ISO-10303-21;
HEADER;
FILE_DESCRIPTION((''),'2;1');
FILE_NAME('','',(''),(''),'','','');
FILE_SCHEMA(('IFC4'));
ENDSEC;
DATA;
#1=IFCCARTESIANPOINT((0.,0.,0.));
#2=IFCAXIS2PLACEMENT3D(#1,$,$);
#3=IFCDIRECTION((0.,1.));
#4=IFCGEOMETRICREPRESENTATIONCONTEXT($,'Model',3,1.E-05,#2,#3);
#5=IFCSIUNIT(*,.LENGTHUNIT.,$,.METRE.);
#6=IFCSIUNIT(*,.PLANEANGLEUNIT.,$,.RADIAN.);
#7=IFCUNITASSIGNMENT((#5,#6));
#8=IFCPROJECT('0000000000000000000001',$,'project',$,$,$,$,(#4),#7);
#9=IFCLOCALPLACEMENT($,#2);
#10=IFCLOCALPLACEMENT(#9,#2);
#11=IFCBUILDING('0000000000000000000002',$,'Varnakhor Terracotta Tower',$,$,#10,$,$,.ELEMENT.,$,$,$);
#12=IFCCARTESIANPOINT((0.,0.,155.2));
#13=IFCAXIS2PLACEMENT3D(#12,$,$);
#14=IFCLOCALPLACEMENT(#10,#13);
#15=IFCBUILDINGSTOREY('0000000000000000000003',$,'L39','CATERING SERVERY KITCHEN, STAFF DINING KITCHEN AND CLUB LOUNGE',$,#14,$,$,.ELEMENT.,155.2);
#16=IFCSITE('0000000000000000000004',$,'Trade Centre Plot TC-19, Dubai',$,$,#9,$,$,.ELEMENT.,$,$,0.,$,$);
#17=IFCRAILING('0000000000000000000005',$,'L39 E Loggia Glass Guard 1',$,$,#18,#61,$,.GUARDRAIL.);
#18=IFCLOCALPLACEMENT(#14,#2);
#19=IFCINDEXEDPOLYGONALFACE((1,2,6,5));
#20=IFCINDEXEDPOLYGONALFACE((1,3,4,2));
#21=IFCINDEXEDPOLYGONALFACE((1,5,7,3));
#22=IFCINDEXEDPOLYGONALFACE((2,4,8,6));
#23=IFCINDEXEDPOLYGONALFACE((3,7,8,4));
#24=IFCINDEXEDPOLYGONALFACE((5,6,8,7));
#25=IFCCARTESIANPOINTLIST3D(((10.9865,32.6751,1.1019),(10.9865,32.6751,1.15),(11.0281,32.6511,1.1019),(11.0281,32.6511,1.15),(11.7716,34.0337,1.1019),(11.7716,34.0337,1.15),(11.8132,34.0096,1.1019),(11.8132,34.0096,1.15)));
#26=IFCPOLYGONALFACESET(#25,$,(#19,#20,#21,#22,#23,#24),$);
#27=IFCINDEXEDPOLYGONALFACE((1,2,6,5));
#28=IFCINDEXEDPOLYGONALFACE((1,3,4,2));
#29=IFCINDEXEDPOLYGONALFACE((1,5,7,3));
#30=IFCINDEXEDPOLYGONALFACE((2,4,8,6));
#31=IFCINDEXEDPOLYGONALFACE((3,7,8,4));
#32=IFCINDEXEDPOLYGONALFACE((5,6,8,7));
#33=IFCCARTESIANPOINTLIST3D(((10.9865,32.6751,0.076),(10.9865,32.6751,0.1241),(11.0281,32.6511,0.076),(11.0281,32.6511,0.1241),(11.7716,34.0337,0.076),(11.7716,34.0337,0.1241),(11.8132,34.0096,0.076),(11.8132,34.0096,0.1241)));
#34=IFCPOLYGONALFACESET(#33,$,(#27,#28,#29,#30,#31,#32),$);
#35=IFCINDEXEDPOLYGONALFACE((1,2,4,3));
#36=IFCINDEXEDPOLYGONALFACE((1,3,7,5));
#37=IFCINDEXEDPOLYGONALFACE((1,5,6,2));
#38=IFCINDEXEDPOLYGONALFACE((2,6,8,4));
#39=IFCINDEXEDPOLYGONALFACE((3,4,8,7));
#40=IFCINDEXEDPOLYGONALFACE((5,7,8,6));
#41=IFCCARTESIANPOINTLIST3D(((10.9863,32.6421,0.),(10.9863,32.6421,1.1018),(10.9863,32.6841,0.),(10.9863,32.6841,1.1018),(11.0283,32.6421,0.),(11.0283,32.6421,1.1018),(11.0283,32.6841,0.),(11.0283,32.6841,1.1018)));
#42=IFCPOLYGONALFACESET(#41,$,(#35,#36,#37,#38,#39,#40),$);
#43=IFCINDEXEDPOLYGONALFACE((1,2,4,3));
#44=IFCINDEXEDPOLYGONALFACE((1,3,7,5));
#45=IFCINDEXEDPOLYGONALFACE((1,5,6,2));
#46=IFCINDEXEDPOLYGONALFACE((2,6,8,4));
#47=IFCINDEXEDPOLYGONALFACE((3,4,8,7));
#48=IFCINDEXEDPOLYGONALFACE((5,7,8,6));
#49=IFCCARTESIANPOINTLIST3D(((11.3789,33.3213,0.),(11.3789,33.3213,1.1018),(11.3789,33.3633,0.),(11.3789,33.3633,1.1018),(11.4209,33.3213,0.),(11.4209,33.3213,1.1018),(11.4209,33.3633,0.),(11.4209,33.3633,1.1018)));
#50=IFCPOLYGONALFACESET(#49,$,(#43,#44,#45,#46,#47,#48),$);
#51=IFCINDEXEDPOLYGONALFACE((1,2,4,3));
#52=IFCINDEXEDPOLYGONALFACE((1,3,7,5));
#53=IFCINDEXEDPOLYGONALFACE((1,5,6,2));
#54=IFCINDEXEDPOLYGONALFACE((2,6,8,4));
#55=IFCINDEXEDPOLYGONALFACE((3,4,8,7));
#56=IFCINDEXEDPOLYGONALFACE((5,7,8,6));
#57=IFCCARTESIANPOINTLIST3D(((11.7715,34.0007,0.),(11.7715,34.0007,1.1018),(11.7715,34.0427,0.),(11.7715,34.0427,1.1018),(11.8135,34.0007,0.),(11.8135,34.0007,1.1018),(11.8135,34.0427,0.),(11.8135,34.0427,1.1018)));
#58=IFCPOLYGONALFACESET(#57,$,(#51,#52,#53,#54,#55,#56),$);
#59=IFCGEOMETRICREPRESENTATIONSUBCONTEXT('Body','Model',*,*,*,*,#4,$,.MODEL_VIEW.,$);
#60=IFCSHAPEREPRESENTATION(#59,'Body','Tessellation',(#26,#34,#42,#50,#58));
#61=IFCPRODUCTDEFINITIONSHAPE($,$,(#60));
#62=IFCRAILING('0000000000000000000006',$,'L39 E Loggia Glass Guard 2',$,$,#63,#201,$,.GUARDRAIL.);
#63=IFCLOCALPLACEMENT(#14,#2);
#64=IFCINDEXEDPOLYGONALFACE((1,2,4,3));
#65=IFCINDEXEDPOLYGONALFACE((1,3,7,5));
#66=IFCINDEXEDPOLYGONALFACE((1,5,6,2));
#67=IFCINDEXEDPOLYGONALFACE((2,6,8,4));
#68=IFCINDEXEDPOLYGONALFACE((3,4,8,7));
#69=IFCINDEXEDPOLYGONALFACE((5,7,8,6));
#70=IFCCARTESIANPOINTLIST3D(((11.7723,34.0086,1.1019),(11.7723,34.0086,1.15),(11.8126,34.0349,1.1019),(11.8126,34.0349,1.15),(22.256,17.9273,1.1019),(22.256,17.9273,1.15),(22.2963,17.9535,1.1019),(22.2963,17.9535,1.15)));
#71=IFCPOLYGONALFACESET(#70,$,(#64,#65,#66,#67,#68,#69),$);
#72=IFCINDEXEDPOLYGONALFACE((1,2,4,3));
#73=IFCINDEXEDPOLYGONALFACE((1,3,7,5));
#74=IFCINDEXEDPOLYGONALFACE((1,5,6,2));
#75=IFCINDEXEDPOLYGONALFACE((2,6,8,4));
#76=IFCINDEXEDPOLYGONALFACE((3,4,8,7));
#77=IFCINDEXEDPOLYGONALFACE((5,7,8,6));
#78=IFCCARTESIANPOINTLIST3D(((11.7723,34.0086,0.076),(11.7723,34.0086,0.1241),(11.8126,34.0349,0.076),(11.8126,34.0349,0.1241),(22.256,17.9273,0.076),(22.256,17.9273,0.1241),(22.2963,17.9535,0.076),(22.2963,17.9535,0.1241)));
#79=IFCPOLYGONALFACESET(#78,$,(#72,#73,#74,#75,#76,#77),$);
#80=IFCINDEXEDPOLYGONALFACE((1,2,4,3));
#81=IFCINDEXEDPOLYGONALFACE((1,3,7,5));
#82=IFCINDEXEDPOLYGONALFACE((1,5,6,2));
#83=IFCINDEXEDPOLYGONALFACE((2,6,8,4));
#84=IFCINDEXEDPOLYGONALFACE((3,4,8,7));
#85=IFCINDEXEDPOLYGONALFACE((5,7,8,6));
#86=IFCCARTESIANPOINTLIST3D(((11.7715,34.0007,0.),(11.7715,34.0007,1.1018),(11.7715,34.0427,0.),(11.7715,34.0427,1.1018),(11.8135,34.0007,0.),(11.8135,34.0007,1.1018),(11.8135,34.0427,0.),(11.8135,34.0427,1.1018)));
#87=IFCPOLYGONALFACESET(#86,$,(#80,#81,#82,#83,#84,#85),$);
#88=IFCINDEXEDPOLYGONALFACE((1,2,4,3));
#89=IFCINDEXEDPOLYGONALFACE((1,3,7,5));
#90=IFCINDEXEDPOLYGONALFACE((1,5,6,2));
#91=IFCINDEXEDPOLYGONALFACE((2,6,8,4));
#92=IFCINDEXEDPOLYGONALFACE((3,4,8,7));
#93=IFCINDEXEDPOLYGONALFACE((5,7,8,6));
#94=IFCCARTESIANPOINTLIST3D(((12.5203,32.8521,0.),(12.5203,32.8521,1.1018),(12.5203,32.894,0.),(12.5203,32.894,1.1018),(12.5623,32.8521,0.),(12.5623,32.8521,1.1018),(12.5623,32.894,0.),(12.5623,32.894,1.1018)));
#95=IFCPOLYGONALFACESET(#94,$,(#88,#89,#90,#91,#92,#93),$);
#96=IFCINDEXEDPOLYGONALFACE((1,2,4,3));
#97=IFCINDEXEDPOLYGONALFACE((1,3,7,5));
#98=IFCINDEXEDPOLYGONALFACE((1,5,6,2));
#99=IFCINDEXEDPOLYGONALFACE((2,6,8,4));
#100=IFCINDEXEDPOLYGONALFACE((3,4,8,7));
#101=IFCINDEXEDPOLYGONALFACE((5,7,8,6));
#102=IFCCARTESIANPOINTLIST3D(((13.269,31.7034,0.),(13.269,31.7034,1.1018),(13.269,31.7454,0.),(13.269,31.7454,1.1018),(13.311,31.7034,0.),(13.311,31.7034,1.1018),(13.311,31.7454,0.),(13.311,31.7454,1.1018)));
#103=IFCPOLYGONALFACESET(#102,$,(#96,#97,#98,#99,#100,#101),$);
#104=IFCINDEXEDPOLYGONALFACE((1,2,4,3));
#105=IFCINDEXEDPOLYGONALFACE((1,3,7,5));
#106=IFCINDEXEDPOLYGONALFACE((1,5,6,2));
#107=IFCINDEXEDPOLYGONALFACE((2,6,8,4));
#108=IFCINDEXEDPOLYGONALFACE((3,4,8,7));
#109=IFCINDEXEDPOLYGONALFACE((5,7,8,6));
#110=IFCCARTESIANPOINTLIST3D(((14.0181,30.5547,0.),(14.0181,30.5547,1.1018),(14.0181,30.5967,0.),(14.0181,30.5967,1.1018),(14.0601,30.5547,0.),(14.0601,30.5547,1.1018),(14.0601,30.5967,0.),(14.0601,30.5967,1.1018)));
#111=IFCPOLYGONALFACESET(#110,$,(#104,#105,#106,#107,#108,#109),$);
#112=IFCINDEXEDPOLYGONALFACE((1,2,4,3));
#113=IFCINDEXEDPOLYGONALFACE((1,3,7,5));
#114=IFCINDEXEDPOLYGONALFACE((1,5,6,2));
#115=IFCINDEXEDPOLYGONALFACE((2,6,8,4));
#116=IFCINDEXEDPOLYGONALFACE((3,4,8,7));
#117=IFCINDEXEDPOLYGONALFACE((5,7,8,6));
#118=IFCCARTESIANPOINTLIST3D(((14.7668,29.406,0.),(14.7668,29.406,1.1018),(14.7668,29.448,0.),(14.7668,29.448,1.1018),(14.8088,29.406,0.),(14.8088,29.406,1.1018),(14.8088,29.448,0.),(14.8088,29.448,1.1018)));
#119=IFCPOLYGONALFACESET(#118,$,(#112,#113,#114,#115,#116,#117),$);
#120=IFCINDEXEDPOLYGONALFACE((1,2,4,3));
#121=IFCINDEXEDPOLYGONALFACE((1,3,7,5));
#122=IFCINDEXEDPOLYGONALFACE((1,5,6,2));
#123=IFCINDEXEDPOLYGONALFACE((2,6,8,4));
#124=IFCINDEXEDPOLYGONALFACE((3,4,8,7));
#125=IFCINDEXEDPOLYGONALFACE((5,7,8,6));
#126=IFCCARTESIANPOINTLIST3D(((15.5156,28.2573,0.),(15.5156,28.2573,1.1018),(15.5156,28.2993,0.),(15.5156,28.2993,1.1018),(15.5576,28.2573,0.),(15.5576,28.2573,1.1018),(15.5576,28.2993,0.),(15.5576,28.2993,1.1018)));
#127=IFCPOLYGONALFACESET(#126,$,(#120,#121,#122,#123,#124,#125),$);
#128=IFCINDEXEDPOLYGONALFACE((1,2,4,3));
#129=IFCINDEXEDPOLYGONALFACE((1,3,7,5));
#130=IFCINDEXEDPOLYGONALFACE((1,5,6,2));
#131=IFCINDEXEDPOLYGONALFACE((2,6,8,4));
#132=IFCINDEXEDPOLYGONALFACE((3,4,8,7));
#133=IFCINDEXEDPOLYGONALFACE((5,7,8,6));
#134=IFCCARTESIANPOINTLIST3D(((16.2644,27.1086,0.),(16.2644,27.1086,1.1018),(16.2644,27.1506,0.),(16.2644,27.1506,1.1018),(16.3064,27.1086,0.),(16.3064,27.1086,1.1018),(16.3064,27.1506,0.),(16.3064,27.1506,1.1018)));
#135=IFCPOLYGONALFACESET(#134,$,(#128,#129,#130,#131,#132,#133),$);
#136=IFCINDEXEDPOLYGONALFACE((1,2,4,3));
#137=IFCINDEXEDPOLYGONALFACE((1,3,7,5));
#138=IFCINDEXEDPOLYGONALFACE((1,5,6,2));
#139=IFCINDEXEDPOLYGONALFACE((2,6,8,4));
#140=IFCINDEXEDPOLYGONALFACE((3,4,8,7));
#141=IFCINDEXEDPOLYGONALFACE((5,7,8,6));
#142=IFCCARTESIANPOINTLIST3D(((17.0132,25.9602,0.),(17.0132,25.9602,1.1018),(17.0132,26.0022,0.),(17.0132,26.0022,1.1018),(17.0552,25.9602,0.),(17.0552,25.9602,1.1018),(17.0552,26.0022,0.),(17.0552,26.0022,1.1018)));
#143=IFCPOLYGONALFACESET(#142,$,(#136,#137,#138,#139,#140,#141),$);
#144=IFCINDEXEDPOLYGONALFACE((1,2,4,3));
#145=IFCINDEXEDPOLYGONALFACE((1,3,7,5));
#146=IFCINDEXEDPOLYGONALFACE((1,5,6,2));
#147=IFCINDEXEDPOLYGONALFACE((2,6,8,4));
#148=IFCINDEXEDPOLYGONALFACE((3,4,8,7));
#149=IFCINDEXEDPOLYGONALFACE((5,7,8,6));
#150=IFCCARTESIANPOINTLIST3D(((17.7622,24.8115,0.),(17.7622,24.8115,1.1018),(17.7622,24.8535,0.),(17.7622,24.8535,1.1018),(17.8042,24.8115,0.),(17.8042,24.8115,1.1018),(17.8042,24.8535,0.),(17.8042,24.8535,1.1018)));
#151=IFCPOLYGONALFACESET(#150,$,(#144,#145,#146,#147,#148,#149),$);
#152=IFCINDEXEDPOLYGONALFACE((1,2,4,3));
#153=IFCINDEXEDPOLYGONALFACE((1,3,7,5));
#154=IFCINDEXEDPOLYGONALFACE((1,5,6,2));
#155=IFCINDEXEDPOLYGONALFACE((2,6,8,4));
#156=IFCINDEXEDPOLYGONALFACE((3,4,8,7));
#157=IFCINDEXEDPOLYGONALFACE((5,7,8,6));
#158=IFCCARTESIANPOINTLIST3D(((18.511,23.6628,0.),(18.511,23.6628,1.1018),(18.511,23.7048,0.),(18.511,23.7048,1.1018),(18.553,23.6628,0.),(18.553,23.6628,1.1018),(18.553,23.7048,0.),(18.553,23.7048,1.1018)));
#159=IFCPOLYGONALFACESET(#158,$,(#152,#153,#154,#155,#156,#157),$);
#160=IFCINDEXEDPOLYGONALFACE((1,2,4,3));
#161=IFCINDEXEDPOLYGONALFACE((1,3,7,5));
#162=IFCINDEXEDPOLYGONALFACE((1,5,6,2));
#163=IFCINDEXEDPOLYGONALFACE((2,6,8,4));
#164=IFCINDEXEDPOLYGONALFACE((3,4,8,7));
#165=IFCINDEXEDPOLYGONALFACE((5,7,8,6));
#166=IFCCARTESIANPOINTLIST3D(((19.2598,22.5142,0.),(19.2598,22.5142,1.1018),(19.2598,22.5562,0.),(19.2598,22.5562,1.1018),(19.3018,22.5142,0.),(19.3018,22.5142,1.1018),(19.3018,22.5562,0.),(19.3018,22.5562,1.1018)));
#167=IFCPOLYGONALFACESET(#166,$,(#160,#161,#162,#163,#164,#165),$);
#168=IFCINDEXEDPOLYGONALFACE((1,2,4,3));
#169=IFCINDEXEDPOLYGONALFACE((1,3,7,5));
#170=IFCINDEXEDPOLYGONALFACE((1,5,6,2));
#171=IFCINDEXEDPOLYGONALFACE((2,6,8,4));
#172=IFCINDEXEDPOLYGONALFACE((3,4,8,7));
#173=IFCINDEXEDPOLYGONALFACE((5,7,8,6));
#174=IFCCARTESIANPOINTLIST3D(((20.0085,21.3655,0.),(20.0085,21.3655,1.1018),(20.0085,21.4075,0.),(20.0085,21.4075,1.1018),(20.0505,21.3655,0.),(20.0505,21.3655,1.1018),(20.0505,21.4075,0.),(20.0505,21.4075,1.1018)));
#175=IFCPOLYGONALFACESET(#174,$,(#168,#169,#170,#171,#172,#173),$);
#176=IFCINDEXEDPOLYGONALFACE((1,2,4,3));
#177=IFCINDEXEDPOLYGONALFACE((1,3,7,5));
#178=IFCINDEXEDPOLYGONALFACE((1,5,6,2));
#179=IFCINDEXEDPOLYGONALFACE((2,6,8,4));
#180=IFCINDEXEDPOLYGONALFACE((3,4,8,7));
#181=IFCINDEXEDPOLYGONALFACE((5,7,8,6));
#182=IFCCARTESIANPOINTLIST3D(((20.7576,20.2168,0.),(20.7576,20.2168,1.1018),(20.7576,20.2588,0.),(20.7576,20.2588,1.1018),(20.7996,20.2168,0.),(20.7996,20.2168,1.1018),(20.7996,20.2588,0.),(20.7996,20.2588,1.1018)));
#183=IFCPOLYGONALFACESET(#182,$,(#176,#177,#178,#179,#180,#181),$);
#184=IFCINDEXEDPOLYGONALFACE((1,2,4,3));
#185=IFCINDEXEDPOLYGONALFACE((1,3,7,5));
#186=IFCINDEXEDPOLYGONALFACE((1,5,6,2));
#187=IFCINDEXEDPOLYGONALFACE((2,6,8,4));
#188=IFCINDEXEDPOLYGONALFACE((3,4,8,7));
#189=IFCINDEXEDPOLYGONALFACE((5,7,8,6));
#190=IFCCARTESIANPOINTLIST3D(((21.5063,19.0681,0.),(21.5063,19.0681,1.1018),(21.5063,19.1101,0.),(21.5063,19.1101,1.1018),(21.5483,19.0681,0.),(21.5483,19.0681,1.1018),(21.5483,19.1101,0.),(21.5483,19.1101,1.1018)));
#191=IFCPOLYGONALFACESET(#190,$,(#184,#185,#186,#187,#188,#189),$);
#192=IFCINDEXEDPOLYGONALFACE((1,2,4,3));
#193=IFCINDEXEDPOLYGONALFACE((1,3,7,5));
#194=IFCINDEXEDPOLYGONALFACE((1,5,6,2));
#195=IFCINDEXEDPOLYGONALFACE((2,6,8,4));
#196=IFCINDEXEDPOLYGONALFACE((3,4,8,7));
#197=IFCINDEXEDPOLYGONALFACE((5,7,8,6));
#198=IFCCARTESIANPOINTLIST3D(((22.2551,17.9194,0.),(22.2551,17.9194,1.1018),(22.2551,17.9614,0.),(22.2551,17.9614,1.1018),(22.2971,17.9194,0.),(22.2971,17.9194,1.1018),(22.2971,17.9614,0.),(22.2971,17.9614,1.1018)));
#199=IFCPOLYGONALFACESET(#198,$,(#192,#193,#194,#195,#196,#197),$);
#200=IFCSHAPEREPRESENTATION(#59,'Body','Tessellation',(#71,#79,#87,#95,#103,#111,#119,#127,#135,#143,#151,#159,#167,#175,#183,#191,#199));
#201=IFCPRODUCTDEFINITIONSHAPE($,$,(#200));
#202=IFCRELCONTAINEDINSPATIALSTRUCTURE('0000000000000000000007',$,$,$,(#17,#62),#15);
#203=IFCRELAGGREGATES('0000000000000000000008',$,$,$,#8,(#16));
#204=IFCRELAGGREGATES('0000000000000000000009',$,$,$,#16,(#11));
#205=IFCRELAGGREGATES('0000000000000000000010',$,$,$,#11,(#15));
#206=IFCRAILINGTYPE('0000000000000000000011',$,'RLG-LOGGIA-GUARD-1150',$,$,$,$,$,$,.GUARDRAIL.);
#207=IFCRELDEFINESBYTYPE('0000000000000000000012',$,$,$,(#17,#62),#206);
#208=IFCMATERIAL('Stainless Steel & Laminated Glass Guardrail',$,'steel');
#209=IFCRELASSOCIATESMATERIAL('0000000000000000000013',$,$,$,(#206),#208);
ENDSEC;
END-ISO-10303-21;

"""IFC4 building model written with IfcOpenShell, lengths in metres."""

from ifc_helpers import new_model, si_unit, direction, frame, origin, origin_2d, place, context, subcontext, project, spatial, rectangle, extrude, material, type_object, element, save


model = new_model("IFC4")

# Units and contexts
model_context = context("Model", 3, precision=1e-05, world=origin(), true_north=direction((0.0, 1.0)))
body_context = subcontext(model_context, "Body", "Model", "MODEL_VIEW")
ifc_project = project(units=[si_unit("LENGTHUNIT", "METRE"), si_unit("PLANEANGLEUNIT", "RADIAN")], contexts=[model_context])

# Site, building, storey
site_placement = place(None, origin())
site = spatial("IfcSite", under=ifc_project, at=site_placement, Name="Trade Centre Plot TC-19, Dubai", CompositionType="ELEMENT", RefElevation=0.0)
building_placement = place(site_placement, origin())
building = spatial("IfcBuilding", under=site, at=building_placement, Name="Varnakhor Terracotta Tower", CompositionType="ELEMENT")
storey_placement = place(building_placement, frame((0.0, 0.0, 155.2)))
storey = spatial("IfcBuildingStorey", under=building, at=storey_placement, Name="L39", Description="CATERING SERVERY KITCHEN, STAFF DINING KITCHEN AND CLUB LOUNGE", CompositionType="ELEMENT", Elevation=155.2)

# Railings
ifc_material_1 = material(Name="Stainless Steel & Laminated Glass Guardrail", Category="steel")
railing_type = type_object("IfcRailingType", Name="RLG-LOGGIA-GUARD-1150", PredefinedType="GUARDRAIL", material=ifc_material_1)
railing_1_placement = place(storey_placement, frame((11.0073, 32.6631, 0.0)))
element("IfcRailing", 1, at=railing_1_placement, inside=storey, type_object=railing_type, Name="L39 E Loggia Glass Guard 1", PredefinedType="GUARDRAIL", context=body_context, shape_type="SweptSolid", body=[
    extrude(rectangle(XDim=0.0481, YDim=0.0481, at=origin_2d()), frame((0.0, 0.0, 1.126), z_axis=(0.500355, 0.86582, 0.0), x_axis=(-0.86582, 0.500355, 0.0)), (0.0, 0.0, 1.0), 1.5691),
    extrude(rectangle(XDim=0.0481, YDim=0.0481, at=origin_2d()), frame((0.0, 0.0, 0.1001), z_axis=(0.500355, 0.86582, 0.0), x_axis=(-0.86582, 0.500355, 0.0)), (0.0, 0.0, 1.0), 1.5691),
    extrude(rectangle(XDim=0.042, YDim=0.042, at=origin_2d()), origin(), (0.0, 0.0, 1.0), 1.1018),
    extrude(rectangle(XDim=0.042, YDim=0.042, at=origin_2d()), frame((0.3926, 0.6792, 0.0)), (0.0, 0.0, 1.0), 1.1018),
    extrude(rectangle(XDim=0.042, YDim=0.042, at=origin_2d()), frame((0.7852, 1.3586, 0.0)), (0.0, 0.0, 1.0), 1.1018),
])
railing_2_placement = place(storey_placement, frame((11.7925, 34.0217, 0.0)))
element("IfcRailing", 2, at=railing_2_placement, inside=storey, type_object=railing_type, Name="L39 E Loggia Glass Guard 2", PredefinedType="GUARDRAIL", context=body_context, shape_type="SweptSolid", body=[
    extrude(rectangle(XDim=0.0481, YDim=0.0481, at=origin_2d()), frame((0.0, 0.0, 1.126), z_axis=(0.546116, -0.83771, 0.0), x_axis=(0.83771, 0.546116, 0.0)), (0.0, 0.0, 1.0), 19.1968),
    extrude(rectangle(XDim=0.0481, YDim=0.0481, at=origin_2d()), frame((0.0, 0.0, 0.1001), z_axis=(0.546116, -0.83771, 0.0), x_axis=(0.83771, 0.546116, 0.0)), (0.0, 0.0, 1.0), 19.1968),
    extrude(rectangle(XDim=0.042, YDim=0.042, at=origin_2d()), origin(), (0.0, 0.0, 1.0), 1.1018),
    extrude(rectangle(XDim=0.042, YDim=0.042, at=origin_2d()), frame((0.7488, -1.1487, 0.0)), (0.0, 0.0, 1.0), 1.1018),
    extrude(rectangle(XDim=0.042, YDim=0.042, at=origin_2d()), frame((1.4976, -2.2974, 0.0)), (0.0, 0.0, 1.0), 1.1018),
    extrude(rectangle(XDim=0.042, YDim=0.042, at=origin_2d()), frame((2.2466, -3.446, 0.0)), (0.0, 0.0, 1.0), 1.1018),
    extrude(rectangle(XDim=0.042, YDim=0.042, at=origin_2d()), frame((2.9954, -4.5947, 0.0)), (0.0, 0.0, 1.0), 1.1018),
    extrude(rectangle(XDim=0.042, YDim=0.042, at=origin_2d()), frame((3.7441, -5.7434, 0.0)), (0.0, 0.0, 1.0), 1.1018),
    extrude(rectangle(XDim=0.042, YDim=0.042, at=origin_2d()), frame((4.4929, -6.8921, 0.0)), (0.0, 0.0, 1.0), 1.1018),
    extrude(rectangle(XDim=0.042, YDim=0.042, at=origin_2d()), frame((5.2417, -8.0405, 0.0)), (0.0, 0.0, 1.0), 1.1018),
    extrude(rectangle(XDim=0.042, YDim=0.042, at=origin_2d()), frame((5.9907, -9.1892, 0.0)), (0.0, 0.0, 1.0), 1.1018),
    extrude(rectangle(XDim=0.042, YDim=0.042, at=origin_2d()), frame((6.7395, -10.3379, 0.0)), (0.0, 0.0, 1.0), 1.1018),
    extrude(rectangle(XDim=0.042, YDim=0.042, at=origin_2d()), frame((7.4883, -11.4866, 0.0)), (0.0, 0.0, 1.0), 1.1018),
    extrude(rectangle(XDim=0.042, YDim=0.042, at=origin_2d()), frame((8.2371, -12.6353, 0.0)), (0.0, 0.0, 1.0), 1.1018),
    extrude(rectangle(XDim=0.042, YDim=0.042, at=origin_2d()), frame((8.9861, -13.7839, 0.0)), (0.0, 0.0, 1.0), 1.1018),
    extrude(rectangle(XDim=0.042, YDim=0.042, at=origin_2d()), frame((9.7349, -14.9326, 0.0)), (0.0, 0.0, 1.0), 1.1018),
    extrude(rectangle(XDim=0.042, YDim=0.042, at=origin_2d()), frame((10.4836, -16.0813, 0.0)), (0.0, 0.0, 1.0), 1.1018),
])

save(model, "model.ifc")
